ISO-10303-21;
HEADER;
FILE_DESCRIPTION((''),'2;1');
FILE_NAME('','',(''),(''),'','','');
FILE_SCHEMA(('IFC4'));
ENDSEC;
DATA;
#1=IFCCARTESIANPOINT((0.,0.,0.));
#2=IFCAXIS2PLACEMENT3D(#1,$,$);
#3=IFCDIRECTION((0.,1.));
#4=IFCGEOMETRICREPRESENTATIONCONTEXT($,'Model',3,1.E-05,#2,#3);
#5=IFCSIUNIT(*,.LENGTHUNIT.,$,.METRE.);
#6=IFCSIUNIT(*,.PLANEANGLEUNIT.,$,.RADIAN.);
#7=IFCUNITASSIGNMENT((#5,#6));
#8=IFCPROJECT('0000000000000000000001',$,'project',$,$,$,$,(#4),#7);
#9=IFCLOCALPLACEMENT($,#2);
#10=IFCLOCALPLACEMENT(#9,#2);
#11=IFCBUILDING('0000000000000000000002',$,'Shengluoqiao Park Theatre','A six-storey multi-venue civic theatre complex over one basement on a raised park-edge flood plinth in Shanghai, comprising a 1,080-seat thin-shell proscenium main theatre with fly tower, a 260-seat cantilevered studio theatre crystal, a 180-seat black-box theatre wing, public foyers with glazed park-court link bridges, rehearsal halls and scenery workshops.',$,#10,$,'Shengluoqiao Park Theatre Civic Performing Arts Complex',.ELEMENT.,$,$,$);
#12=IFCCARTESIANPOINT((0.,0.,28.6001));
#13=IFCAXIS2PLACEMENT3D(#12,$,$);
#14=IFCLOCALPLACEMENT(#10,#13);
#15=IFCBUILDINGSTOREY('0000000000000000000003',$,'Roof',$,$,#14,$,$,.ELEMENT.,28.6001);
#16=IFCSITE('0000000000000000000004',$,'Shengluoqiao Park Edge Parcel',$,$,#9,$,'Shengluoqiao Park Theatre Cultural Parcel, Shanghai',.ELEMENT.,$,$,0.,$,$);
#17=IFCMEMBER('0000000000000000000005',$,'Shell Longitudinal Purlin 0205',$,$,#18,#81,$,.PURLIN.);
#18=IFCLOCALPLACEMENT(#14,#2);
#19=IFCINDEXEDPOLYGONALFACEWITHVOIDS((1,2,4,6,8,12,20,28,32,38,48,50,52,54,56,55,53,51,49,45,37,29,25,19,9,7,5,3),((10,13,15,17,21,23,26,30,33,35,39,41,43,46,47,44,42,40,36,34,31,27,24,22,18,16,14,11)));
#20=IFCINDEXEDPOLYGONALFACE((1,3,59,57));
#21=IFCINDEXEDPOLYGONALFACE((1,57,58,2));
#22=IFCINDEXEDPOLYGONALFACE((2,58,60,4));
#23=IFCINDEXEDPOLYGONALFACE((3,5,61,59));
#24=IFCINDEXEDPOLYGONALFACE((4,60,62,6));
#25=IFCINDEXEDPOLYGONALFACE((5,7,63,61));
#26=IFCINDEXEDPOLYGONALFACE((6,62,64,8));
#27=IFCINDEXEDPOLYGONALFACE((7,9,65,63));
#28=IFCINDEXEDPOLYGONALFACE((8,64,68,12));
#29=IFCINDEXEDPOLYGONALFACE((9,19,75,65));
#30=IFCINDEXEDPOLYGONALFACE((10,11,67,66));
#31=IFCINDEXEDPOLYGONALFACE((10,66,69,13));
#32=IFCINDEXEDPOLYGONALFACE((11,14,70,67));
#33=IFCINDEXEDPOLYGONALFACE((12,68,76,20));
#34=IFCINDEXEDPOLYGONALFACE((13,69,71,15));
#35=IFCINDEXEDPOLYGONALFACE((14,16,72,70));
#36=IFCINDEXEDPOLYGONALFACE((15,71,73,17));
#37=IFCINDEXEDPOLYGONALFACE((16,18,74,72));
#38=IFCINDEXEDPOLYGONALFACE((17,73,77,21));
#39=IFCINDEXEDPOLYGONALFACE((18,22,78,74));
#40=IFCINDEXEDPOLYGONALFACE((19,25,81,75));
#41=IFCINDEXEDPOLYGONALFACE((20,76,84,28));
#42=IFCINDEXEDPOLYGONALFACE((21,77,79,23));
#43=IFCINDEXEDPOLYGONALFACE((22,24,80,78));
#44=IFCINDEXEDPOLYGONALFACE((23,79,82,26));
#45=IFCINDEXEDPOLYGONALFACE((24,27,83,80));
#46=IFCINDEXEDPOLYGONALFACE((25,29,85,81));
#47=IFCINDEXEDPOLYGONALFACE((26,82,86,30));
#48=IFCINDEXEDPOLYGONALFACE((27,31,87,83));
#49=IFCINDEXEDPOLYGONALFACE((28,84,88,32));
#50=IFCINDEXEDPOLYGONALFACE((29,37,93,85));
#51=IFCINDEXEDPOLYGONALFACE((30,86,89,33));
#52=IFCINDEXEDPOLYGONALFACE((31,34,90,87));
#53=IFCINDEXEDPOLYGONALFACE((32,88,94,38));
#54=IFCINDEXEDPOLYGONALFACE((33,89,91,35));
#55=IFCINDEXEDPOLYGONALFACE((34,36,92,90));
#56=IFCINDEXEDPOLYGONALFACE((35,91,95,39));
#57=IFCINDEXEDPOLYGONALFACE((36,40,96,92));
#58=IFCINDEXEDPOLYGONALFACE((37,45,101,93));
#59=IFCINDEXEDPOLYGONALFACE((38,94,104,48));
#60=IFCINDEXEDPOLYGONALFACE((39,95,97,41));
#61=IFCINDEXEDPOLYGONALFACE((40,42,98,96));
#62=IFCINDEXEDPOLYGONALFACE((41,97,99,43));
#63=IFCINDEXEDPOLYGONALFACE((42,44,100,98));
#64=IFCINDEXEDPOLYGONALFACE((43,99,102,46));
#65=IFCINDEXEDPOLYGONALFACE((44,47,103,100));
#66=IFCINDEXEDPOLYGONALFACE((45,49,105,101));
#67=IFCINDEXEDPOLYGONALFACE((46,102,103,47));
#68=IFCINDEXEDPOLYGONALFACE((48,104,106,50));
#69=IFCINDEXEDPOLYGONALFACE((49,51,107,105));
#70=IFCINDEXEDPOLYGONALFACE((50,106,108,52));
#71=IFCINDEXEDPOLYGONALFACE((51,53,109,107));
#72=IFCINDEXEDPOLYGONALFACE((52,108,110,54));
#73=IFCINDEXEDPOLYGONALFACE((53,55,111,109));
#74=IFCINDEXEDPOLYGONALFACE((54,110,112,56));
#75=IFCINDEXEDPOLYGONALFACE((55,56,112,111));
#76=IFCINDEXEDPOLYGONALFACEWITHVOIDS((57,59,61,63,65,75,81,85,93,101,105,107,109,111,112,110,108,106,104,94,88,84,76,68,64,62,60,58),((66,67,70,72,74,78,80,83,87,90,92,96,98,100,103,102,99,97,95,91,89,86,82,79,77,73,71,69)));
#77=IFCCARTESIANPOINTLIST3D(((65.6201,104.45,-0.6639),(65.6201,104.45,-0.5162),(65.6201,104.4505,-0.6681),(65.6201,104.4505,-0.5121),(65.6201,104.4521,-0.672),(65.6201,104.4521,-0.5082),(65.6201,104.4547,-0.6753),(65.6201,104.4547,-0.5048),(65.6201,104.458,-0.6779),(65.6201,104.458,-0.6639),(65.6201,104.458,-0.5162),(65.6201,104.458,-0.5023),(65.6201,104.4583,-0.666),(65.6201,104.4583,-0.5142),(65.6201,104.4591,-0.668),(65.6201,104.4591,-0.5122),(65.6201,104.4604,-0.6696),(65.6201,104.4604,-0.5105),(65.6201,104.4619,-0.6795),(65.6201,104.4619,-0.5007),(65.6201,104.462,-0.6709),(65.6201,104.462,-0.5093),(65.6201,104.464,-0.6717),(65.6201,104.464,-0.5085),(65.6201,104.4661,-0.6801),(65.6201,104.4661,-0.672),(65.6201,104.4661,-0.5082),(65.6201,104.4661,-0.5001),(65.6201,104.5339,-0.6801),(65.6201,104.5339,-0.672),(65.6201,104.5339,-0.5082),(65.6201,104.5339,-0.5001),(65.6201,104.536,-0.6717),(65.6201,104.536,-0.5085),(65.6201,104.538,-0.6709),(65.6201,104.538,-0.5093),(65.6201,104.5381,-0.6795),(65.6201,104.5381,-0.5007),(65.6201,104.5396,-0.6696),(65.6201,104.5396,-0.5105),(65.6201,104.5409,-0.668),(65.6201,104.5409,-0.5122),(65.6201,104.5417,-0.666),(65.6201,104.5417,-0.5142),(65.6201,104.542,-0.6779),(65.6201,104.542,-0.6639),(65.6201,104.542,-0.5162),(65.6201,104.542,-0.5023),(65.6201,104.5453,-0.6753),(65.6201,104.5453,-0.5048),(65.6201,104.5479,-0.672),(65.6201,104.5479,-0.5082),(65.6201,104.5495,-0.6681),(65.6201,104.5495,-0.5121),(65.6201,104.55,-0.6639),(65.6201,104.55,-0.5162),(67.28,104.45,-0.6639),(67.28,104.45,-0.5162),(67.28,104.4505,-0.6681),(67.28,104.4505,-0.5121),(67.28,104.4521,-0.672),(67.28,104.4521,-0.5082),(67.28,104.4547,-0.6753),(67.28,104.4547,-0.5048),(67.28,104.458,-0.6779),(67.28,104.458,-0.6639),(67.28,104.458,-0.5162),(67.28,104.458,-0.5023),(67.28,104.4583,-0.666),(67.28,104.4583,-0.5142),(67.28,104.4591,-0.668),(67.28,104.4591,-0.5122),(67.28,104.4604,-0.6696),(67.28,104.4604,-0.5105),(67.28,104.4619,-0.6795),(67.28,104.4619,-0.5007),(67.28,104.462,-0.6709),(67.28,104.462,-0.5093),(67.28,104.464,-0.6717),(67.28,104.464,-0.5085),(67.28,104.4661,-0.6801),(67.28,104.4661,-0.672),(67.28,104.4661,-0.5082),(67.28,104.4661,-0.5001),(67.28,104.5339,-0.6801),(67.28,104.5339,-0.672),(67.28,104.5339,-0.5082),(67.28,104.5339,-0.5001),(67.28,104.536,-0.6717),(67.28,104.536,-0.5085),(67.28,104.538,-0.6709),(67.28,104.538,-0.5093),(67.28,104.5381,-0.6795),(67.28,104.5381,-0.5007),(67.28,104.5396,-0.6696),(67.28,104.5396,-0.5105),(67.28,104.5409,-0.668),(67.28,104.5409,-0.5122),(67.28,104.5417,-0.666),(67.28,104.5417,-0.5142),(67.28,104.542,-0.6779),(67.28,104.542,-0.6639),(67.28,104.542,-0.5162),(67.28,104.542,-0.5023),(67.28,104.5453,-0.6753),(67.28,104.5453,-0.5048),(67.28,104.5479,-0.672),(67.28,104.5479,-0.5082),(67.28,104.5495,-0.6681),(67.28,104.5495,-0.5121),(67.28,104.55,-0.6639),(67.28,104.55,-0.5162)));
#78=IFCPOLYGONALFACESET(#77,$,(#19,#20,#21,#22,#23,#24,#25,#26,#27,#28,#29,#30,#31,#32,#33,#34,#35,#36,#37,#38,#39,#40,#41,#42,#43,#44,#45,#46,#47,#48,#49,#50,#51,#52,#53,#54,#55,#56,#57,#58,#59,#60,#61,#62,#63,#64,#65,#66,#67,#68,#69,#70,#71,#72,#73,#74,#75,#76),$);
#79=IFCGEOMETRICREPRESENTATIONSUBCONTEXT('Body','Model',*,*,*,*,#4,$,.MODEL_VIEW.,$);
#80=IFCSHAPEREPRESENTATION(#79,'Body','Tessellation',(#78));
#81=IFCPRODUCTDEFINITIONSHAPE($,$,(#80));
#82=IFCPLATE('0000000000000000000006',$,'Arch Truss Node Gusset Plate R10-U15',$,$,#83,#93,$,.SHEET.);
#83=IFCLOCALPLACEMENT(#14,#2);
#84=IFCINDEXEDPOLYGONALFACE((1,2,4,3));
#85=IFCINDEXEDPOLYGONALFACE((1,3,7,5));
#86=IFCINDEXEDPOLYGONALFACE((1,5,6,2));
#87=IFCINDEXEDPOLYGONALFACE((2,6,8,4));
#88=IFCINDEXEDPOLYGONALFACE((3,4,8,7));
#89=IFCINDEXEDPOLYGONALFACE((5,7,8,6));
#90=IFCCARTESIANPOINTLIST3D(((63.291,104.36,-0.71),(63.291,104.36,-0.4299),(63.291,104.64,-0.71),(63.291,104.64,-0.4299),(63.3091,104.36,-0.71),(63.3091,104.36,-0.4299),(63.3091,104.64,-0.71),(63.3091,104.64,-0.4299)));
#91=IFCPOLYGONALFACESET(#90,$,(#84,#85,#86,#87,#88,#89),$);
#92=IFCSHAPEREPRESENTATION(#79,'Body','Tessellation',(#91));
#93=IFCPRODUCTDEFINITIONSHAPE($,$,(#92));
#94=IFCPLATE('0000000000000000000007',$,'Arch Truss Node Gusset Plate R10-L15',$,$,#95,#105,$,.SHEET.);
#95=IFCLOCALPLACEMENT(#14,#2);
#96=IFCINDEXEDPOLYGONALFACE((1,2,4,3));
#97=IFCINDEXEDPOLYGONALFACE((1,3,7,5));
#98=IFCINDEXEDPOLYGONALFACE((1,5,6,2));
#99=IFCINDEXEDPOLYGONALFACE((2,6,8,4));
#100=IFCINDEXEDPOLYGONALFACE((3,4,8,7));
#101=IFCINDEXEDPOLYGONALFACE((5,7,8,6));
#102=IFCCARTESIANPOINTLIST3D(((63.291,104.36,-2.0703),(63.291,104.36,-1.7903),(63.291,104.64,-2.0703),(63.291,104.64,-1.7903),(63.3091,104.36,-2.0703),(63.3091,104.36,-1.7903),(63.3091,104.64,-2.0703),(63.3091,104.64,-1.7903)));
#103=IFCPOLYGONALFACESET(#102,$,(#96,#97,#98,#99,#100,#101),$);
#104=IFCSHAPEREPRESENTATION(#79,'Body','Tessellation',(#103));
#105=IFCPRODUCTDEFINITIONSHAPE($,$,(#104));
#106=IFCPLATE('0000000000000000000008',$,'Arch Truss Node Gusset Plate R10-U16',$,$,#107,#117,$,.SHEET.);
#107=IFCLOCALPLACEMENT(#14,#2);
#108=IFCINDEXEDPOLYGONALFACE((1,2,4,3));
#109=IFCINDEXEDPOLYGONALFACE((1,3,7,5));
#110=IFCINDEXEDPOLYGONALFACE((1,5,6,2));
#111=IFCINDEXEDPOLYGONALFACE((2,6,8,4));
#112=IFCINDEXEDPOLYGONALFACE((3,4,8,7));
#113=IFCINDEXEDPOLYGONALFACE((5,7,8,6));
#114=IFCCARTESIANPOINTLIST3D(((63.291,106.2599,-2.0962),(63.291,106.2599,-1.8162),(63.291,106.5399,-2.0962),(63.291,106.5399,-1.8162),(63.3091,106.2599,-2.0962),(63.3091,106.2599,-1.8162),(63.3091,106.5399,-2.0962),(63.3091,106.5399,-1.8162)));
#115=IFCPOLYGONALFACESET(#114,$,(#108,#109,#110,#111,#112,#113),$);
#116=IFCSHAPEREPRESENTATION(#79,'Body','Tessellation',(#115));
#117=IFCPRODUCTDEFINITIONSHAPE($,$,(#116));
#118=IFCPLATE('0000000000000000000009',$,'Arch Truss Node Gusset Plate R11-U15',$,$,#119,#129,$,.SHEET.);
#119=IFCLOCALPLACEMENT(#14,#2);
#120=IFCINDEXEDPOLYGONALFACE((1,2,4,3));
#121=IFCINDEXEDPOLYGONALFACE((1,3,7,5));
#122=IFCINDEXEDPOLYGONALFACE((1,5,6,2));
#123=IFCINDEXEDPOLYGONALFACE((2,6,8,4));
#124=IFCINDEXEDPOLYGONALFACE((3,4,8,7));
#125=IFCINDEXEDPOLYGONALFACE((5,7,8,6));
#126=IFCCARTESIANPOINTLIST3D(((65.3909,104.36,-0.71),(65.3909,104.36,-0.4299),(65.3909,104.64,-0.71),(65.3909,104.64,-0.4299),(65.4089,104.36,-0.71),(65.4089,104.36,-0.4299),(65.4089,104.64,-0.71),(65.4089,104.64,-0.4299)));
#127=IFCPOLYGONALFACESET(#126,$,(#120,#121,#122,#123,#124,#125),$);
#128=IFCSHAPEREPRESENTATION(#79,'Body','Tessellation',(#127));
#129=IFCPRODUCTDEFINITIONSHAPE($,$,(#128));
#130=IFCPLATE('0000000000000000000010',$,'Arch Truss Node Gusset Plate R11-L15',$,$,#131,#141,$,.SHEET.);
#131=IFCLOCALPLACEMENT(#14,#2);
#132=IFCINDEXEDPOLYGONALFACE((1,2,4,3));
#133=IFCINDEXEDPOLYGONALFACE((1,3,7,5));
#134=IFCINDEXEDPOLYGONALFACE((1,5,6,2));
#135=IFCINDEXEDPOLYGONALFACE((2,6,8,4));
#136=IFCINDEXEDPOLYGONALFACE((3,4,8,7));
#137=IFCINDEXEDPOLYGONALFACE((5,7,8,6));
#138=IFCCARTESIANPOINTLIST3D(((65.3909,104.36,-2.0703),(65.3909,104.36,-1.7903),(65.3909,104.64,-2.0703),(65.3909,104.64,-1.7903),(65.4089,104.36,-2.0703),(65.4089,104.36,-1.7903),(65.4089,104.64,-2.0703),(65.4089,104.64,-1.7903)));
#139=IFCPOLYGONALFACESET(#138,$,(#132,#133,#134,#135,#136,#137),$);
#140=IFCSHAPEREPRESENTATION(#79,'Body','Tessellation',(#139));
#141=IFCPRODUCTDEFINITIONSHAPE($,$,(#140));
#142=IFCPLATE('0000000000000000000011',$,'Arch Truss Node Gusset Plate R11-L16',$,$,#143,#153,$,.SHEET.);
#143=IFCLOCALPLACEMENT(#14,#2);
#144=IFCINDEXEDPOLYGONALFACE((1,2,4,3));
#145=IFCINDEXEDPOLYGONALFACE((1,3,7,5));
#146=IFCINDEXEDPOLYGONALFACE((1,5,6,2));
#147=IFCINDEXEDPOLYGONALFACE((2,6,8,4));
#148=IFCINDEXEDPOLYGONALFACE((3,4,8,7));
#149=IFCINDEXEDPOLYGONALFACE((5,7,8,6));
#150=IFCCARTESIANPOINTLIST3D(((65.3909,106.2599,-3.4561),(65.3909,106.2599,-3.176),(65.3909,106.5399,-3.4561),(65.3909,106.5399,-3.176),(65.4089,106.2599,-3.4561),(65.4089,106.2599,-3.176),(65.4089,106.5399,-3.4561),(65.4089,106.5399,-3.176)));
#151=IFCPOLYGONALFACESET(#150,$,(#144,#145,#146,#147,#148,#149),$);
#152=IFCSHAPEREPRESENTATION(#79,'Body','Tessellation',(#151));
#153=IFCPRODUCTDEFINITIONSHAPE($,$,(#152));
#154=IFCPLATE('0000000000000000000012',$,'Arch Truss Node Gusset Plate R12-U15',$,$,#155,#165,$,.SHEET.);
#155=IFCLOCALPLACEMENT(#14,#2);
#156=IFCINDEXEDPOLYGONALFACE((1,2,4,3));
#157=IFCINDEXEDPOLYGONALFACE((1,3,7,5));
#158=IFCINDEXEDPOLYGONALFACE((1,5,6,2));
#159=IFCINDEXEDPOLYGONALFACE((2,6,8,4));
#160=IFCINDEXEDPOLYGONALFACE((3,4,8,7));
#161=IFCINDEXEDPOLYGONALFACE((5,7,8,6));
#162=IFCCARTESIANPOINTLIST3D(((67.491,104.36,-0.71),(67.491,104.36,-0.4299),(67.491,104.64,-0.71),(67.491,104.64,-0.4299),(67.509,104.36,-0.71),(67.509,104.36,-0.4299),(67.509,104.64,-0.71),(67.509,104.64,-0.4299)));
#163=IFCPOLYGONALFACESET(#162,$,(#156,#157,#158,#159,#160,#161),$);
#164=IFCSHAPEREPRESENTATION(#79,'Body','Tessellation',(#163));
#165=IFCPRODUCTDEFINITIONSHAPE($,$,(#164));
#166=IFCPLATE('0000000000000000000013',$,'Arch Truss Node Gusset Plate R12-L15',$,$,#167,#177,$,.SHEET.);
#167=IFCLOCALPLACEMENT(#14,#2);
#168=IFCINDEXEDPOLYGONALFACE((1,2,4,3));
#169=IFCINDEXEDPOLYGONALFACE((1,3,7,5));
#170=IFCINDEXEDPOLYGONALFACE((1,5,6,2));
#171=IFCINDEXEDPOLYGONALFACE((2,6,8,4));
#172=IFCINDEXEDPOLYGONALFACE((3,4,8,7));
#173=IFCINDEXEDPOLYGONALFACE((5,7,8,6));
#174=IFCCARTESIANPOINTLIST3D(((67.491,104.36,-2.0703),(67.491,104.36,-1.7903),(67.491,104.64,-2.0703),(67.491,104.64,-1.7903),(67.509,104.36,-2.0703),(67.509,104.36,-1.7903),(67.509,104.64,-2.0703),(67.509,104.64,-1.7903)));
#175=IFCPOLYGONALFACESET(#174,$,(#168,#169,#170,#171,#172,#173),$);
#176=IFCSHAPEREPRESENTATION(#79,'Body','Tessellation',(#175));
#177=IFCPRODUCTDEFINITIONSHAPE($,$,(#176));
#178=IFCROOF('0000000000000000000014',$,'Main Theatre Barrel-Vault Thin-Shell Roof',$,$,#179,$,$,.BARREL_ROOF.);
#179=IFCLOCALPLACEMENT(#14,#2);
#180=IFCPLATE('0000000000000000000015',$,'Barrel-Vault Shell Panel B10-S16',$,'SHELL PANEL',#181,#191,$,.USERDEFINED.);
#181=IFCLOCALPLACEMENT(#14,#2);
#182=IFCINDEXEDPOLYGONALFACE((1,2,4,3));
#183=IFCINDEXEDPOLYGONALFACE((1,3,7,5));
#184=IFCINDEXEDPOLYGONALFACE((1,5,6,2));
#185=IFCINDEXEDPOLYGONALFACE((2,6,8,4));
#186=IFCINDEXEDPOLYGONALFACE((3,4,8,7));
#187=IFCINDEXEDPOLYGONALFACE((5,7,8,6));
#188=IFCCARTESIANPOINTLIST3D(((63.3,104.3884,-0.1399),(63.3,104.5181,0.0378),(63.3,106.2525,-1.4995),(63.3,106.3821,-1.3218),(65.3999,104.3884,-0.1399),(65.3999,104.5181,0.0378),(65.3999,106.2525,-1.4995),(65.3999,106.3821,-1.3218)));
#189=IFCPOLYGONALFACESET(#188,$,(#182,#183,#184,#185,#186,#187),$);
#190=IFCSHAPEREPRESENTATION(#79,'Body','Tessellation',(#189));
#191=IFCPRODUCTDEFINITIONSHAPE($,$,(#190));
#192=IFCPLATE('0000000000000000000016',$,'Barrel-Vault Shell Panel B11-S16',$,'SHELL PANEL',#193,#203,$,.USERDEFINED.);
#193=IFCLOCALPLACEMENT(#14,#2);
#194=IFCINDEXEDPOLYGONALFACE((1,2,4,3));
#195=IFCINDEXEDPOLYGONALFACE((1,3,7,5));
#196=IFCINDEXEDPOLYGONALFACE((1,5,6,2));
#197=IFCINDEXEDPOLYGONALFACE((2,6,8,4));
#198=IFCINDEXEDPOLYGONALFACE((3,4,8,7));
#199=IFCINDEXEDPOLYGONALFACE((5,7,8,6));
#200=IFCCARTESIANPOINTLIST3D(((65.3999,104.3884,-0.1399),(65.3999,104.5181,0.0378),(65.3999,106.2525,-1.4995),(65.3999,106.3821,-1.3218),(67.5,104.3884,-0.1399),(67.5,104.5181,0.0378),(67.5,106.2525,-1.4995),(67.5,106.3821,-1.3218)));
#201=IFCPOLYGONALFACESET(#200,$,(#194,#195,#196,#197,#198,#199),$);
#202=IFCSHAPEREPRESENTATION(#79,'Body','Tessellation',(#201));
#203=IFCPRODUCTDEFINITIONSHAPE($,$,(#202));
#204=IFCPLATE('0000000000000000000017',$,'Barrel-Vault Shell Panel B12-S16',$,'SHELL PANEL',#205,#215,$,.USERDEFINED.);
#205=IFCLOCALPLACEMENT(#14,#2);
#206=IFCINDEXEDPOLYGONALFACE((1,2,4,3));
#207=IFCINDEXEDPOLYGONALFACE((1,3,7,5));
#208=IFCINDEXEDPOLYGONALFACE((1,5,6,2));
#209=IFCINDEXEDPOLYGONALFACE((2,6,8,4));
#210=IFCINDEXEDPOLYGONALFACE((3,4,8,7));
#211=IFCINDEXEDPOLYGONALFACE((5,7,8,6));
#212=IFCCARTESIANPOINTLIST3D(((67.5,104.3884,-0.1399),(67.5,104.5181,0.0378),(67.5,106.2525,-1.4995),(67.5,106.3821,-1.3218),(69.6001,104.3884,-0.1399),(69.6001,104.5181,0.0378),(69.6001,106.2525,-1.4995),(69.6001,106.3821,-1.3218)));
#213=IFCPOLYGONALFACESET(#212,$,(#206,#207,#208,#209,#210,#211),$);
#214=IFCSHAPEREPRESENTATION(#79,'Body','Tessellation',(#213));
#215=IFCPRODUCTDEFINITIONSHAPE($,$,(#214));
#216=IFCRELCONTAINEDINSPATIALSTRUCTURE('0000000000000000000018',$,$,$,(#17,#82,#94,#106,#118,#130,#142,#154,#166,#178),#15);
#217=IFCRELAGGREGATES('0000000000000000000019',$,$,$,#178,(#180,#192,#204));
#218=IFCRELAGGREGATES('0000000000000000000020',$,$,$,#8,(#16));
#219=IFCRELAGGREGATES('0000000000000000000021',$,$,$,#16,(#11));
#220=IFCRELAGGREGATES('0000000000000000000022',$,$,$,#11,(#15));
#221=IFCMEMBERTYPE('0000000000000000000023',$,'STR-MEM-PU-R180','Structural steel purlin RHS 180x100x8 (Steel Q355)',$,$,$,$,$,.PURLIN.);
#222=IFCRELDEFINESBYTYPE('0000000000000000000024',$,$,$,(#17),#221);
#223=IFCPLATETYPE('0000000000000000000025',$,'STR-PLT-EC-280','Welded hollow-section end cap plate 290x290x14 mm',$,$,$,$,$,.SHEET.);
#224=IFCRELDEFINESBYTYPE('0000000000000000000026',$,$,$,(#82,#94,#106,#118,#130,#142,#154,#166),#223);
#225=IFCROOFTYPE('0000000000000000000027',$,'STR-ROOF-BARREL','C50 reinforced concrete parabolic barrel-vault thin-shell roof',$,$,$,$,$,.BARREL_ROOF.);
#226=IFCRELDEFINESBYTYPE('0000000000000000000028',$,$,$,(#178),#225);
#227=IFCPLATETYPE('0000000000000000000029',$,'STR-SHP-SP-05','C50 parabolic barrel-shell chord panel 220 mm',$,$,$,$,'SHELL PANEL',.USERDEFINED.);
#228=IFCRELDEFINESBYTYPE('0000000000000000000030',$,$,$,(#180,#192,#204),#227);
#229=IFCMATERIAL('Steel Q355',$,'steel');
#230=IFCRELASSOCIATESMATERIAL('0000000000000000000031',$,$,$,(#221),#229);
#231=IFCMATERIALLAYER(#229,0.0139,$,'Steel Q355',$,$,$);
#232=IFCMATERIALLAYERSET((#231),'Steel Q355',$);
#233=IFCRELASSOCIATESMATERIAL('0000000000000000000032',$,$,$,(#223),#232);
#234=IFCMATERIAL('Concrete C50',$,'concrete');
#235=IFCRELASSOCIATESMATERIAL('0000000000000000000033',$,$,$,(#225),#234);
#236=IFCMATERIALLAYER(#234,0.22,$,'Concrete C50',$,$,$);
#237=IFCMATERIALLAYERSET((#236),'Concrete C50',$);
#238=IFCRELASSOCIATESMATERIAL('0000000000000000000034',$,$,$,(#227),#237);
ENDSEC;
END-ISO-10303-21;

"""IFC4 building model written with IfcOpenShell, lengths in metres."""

from ifc_helpers import new_model, si_unit, direction, frame, origin, origin_2d, place, context, subcontext, project, spatial, polyline, rectangle, hollow_rectangle, outline, extrude, material, layer, layer_set, material_profile, profile_set, type_object, element, aggregate, save


model = new_model("IFC4")

# Units and contexts
model_context = context("Model", 3, precision=1e-05, world=origin(), true_north=direction((0.0, 1.0)))
body_context = subcontext(model_context, "Body", "Model", "MODEL_VIEW")
ifc_project = project(units=[si_unit("LENGTHUNIT", "METRE"), si_unit("PLANEANGLEUNIT", "RADIAN")], contexts=[model_context])

# Site, building, storey
site_placement = place(None, origin())
site = spatial("IfcSite", under=ifc_project, at=site_placement, Name="Shengluoqiao Park Edge Parcel", LongName="Shengluoqiao Park Theatre Cultural Parcel, Shanghai", CompositionType="ELEMENT", RefElevation=0.0)
building_placement = place(site_placement, origin())
building = spatial("IfcBuilding", under=site, at=building_placement, Name="Shengluoqiao Park Theatre", Description="A six-storey multi-venue civic theatre complex over one basement on a raised park-edge flood plinth in Shanghai, comprising a 1,080-seat thin-shell proscenium main theatre with fly tower, a 260-seat cantilevered studio theatre crystal, a 180-seat black-box theatre wing, public foyers with glazed park-court link bridges, rehearsal halls and scenery workshops.", LongName="Shengluoqiao Park Theatre Civic Performing Arts Complex", CompositionType="ELEMENT")
storey_placement = place(building_placement, frame((0.0, 0.0, 28.6001)))
storey = spatial("IfcBuildingStorey", under=building, at=storey_placement, Name="Roof", CompositionType="ELEMENT", Elevation=28.6001)

# Shared definitions
ifc_material_1 = material(Name="Concrete C50", Category="concrete")
ifc_material_2 = material(Name="Steel Q355", Category="steel")

# Member
ifc_material_profile_1 = material_profile(ifc_material_2, hollow_rectangle(XDim=0.1001, YDim=0.1799, WallThickness=0.0081, InnerFilletRadius=0.0081, OuterFilletRadius=0.0161, at=origin_2d()), Name="RHS 180x100x8")
ifc_profile_set_1 = profile_set([ifc_material_profile_1], Name="Steel Q355")
member_type_1 = type_object("IfcMemberType", Name="STR-MEM-PU-R180", Description="Structural steel purlin RHS 180x100x8 (Steel Q355)", PredefinedType="PURLIN", material=ifc_profile_set_1)
for number, where, z_axis, x_axis, name in (
    (1, (65.6201, 104.5, -0.5901), (1.0, 0.0, 0.0), (0.0, 1.0, 0.0), "Shell Longitudinal Purlin 0205"),
):
    element("IfcMember", number, at=place(storey_placement, frame(where, z_axis=z_axis, x_axis=x_axis)), inside=storey, type_object=member_type_1, Name=name, PredefinedType="PURLIN", context=body_context, shape_type="SweptSolid", body=[
        extrude(hollow_rectangle(XDim=0.1001, YDim=0.1799, WallThickness=0.0081, InnerFilletRadius=0.0081, OuterFilletRadius=0.0161, at=origin_2d()), origin(), (0.0, 0.0, 1.0), 1.6599),
    ])

# Plates
ifc_layer_1 = layer(ifc_material_2, 0.0139, Name="Steel Q355")
ifc_layer_set_1 = layer_set([ifc_layer_1], Name="Steel Q355")
plate_type_1 = type_object("IfcPlateType", Name="STR-PLT-EC-280", Description="Welded hollow-section end cap plate 290x290x14 mm", PredefinedType="SHEET", material=ifc_layer_set_1)
for number, where, z_axis, x_axis, name in (
    (2, (63.3, 104.5, -0.71), (0.0, 0.0, 1.0), (1.0, 0.0, 0.0), "Arch Truss Node Gusset Plate R10-U15"),
    (3, (63.3, 104.5, -2.0703), (0.0, 0.0, 1.0), (1.0, 0.0, 0.0), "Arch Truss Node Gusset Plate R10-L15"),
    (4, (63.3, 106.3999, -2.0962), (0.0, 0.0, 1.0), (1.0, 0.0, 0.0), "Arch Truss Node Gusset Plate R10-U16"),
    (5, (65.3999, 104.5, -0.71), (0.0, 0.0, 1.0), (1.0, 0.0, 0.0), "Arch Truss Node Gusset Plate R11-U15"),
    (6, (65.3999, 104.5, -2.0703), (0.0, 0.0, 1.0), (1.0, 0.0, 0.0), "Arch Truss Node Gusset Plate R11-L15"),
    (7, (65.3999, 106.3999, -3.4561), (0.0, 0.0, 1.0), (1.0, 0.0, 0.0), "Arch Truss Node Gusset Plate R11-L16"),
    (8, (67.5, 104.5, -0.71), (0.0, 0.0, 1.0), (1.0, 0.0, 0.0), "Arch Truss Node Gusset Plate R12-U15"),
    (9, (67.5, 104.5, -2.0703), (0.0, 0.0, 1.0), (1.0, 0.0, 0.0), "Arch Truss Node Gusset Plate R12-L15"),
):
    element("IfcPlate", number, at=place(storey_placement, frame(where, z_axis=z_axis, x_axis=x_axis)), inside=storey, type_object=plate_type_1, Name=name, PredefinedType="SHEET", context=body_context, shape_type="SweptSolid", body=[
        extrude(rectangle(XDim=0.0181, YDim=0.28, at=origin_2d()), origin(), (0.0, 0.0, 1.0), 0.28),
    ])

# Roof, plates
roof_type = type_object("IfcRoofType", Name="STR-ROOF-BARREL", Description="C50 reinforced concrete parabolic barrel-vault thin-shell roof", PredefinedType="BARREL_ROOF", material=ifc_material_1)
roof_placement = place(storey_placement, origin())
roof = element("IfcRoof", 10, at=roof_placement, inside=storey, type_object=roof_type, Name="Main Theatre Barrel-Vault Thin-Shell Roof", PredefinedType="BARREL_ROOF")
ifc_layer_2 = layer(ifc_material_1, 0.22, Name="Concrete C50")
ifc_layer_set_2 = layer_set([ifc_layer_2], Name="Concrete C50")
plate_type_2 = type_object("IfcPlateType", Name="STR-SHP-SP-05", Description="C50 parabolic barrel-shell chord panel 220 mm", ElementType="SHELL PANEL", PredefinedType="USERDEFINED", material=ifc_layer_set_2)
plate_1_placement = place(storey_placement, frame((63.3, 104.5181, 0.0378), z_axis=(0.0, 0.589297, 0.807916), x_axis=(1.0, 0.0, 0.0)))
plate_1 = element("IfcPlate", 11, at=plate_1_placement, type_object=plate_type_2, Name="Barrel-Vault Shell Panel B10-S16", ObjectType="SHELL PANEL", PredefinedType="USERDEFINED", context=body_context, shape_type="SweptSolid", body=[
    extrude(outline(polyline([(0.0, 0.0), (2.0999, 0.0), (2.0999, 2.3072), (0.0, 2.3072), (0.0, 0.0)])), origin(), (0.0, 0.0, -1.0), 0.22),
])
plate_2_placement = place(storey_placement, frame((65.3999, 104.5181, 0.0378), z_axis=(0.0, 0.589297, 0.807916), x_axis=(1.0, 0.0, 0.0)))
plate_2 = element("IfcPlate", 12, at=plate_2_placement, type_object=plate_type_2, Name="Barrel-Vault Shell Panel B11-S16", ObjectType="SHELL PANEL", PredefinedType="USERDEFINED", context=body_context, shape_type="SweptSolid", body=[
    extrude(outline(polyline([(0.0, 0.0), (2.1001, 0.0), (2.1001, 2.3072), (0.0, 2.3072), (0.0, 0.0)])), origin(), (0.0, 0.0, -1.0), 0.22),
])
plate_3_placement = place(storey_placement, frame((67.5, 104.5181, 0.0378), z_axis=(0.0, 0.589297, 0.807916), x_axis=(1.0, 0.0, 0.0)))
plate_3 = element("IfcPlate", 13, at=plate_3_placement, type_object=plate_type_2, Name="Barrel-Vault Shell Panel B12-S16", ObjectType="SHELL PANEL", PredefinedType="USERDEFINED", context=body_context, shape_type="SweptSolid", body=[
    extrude(outline(polyline([(0.0, 0.0), (2.1001, 0.0), (2.1001, 2.3072), (0.0, 2.3072), (0.0, 0.0)])), origin(), (0.0, 0.0, -1.0), 0.22),
])
aggregate(roof, [plate_1, plate_2, plate_3])

save(model, "model.ifc")
